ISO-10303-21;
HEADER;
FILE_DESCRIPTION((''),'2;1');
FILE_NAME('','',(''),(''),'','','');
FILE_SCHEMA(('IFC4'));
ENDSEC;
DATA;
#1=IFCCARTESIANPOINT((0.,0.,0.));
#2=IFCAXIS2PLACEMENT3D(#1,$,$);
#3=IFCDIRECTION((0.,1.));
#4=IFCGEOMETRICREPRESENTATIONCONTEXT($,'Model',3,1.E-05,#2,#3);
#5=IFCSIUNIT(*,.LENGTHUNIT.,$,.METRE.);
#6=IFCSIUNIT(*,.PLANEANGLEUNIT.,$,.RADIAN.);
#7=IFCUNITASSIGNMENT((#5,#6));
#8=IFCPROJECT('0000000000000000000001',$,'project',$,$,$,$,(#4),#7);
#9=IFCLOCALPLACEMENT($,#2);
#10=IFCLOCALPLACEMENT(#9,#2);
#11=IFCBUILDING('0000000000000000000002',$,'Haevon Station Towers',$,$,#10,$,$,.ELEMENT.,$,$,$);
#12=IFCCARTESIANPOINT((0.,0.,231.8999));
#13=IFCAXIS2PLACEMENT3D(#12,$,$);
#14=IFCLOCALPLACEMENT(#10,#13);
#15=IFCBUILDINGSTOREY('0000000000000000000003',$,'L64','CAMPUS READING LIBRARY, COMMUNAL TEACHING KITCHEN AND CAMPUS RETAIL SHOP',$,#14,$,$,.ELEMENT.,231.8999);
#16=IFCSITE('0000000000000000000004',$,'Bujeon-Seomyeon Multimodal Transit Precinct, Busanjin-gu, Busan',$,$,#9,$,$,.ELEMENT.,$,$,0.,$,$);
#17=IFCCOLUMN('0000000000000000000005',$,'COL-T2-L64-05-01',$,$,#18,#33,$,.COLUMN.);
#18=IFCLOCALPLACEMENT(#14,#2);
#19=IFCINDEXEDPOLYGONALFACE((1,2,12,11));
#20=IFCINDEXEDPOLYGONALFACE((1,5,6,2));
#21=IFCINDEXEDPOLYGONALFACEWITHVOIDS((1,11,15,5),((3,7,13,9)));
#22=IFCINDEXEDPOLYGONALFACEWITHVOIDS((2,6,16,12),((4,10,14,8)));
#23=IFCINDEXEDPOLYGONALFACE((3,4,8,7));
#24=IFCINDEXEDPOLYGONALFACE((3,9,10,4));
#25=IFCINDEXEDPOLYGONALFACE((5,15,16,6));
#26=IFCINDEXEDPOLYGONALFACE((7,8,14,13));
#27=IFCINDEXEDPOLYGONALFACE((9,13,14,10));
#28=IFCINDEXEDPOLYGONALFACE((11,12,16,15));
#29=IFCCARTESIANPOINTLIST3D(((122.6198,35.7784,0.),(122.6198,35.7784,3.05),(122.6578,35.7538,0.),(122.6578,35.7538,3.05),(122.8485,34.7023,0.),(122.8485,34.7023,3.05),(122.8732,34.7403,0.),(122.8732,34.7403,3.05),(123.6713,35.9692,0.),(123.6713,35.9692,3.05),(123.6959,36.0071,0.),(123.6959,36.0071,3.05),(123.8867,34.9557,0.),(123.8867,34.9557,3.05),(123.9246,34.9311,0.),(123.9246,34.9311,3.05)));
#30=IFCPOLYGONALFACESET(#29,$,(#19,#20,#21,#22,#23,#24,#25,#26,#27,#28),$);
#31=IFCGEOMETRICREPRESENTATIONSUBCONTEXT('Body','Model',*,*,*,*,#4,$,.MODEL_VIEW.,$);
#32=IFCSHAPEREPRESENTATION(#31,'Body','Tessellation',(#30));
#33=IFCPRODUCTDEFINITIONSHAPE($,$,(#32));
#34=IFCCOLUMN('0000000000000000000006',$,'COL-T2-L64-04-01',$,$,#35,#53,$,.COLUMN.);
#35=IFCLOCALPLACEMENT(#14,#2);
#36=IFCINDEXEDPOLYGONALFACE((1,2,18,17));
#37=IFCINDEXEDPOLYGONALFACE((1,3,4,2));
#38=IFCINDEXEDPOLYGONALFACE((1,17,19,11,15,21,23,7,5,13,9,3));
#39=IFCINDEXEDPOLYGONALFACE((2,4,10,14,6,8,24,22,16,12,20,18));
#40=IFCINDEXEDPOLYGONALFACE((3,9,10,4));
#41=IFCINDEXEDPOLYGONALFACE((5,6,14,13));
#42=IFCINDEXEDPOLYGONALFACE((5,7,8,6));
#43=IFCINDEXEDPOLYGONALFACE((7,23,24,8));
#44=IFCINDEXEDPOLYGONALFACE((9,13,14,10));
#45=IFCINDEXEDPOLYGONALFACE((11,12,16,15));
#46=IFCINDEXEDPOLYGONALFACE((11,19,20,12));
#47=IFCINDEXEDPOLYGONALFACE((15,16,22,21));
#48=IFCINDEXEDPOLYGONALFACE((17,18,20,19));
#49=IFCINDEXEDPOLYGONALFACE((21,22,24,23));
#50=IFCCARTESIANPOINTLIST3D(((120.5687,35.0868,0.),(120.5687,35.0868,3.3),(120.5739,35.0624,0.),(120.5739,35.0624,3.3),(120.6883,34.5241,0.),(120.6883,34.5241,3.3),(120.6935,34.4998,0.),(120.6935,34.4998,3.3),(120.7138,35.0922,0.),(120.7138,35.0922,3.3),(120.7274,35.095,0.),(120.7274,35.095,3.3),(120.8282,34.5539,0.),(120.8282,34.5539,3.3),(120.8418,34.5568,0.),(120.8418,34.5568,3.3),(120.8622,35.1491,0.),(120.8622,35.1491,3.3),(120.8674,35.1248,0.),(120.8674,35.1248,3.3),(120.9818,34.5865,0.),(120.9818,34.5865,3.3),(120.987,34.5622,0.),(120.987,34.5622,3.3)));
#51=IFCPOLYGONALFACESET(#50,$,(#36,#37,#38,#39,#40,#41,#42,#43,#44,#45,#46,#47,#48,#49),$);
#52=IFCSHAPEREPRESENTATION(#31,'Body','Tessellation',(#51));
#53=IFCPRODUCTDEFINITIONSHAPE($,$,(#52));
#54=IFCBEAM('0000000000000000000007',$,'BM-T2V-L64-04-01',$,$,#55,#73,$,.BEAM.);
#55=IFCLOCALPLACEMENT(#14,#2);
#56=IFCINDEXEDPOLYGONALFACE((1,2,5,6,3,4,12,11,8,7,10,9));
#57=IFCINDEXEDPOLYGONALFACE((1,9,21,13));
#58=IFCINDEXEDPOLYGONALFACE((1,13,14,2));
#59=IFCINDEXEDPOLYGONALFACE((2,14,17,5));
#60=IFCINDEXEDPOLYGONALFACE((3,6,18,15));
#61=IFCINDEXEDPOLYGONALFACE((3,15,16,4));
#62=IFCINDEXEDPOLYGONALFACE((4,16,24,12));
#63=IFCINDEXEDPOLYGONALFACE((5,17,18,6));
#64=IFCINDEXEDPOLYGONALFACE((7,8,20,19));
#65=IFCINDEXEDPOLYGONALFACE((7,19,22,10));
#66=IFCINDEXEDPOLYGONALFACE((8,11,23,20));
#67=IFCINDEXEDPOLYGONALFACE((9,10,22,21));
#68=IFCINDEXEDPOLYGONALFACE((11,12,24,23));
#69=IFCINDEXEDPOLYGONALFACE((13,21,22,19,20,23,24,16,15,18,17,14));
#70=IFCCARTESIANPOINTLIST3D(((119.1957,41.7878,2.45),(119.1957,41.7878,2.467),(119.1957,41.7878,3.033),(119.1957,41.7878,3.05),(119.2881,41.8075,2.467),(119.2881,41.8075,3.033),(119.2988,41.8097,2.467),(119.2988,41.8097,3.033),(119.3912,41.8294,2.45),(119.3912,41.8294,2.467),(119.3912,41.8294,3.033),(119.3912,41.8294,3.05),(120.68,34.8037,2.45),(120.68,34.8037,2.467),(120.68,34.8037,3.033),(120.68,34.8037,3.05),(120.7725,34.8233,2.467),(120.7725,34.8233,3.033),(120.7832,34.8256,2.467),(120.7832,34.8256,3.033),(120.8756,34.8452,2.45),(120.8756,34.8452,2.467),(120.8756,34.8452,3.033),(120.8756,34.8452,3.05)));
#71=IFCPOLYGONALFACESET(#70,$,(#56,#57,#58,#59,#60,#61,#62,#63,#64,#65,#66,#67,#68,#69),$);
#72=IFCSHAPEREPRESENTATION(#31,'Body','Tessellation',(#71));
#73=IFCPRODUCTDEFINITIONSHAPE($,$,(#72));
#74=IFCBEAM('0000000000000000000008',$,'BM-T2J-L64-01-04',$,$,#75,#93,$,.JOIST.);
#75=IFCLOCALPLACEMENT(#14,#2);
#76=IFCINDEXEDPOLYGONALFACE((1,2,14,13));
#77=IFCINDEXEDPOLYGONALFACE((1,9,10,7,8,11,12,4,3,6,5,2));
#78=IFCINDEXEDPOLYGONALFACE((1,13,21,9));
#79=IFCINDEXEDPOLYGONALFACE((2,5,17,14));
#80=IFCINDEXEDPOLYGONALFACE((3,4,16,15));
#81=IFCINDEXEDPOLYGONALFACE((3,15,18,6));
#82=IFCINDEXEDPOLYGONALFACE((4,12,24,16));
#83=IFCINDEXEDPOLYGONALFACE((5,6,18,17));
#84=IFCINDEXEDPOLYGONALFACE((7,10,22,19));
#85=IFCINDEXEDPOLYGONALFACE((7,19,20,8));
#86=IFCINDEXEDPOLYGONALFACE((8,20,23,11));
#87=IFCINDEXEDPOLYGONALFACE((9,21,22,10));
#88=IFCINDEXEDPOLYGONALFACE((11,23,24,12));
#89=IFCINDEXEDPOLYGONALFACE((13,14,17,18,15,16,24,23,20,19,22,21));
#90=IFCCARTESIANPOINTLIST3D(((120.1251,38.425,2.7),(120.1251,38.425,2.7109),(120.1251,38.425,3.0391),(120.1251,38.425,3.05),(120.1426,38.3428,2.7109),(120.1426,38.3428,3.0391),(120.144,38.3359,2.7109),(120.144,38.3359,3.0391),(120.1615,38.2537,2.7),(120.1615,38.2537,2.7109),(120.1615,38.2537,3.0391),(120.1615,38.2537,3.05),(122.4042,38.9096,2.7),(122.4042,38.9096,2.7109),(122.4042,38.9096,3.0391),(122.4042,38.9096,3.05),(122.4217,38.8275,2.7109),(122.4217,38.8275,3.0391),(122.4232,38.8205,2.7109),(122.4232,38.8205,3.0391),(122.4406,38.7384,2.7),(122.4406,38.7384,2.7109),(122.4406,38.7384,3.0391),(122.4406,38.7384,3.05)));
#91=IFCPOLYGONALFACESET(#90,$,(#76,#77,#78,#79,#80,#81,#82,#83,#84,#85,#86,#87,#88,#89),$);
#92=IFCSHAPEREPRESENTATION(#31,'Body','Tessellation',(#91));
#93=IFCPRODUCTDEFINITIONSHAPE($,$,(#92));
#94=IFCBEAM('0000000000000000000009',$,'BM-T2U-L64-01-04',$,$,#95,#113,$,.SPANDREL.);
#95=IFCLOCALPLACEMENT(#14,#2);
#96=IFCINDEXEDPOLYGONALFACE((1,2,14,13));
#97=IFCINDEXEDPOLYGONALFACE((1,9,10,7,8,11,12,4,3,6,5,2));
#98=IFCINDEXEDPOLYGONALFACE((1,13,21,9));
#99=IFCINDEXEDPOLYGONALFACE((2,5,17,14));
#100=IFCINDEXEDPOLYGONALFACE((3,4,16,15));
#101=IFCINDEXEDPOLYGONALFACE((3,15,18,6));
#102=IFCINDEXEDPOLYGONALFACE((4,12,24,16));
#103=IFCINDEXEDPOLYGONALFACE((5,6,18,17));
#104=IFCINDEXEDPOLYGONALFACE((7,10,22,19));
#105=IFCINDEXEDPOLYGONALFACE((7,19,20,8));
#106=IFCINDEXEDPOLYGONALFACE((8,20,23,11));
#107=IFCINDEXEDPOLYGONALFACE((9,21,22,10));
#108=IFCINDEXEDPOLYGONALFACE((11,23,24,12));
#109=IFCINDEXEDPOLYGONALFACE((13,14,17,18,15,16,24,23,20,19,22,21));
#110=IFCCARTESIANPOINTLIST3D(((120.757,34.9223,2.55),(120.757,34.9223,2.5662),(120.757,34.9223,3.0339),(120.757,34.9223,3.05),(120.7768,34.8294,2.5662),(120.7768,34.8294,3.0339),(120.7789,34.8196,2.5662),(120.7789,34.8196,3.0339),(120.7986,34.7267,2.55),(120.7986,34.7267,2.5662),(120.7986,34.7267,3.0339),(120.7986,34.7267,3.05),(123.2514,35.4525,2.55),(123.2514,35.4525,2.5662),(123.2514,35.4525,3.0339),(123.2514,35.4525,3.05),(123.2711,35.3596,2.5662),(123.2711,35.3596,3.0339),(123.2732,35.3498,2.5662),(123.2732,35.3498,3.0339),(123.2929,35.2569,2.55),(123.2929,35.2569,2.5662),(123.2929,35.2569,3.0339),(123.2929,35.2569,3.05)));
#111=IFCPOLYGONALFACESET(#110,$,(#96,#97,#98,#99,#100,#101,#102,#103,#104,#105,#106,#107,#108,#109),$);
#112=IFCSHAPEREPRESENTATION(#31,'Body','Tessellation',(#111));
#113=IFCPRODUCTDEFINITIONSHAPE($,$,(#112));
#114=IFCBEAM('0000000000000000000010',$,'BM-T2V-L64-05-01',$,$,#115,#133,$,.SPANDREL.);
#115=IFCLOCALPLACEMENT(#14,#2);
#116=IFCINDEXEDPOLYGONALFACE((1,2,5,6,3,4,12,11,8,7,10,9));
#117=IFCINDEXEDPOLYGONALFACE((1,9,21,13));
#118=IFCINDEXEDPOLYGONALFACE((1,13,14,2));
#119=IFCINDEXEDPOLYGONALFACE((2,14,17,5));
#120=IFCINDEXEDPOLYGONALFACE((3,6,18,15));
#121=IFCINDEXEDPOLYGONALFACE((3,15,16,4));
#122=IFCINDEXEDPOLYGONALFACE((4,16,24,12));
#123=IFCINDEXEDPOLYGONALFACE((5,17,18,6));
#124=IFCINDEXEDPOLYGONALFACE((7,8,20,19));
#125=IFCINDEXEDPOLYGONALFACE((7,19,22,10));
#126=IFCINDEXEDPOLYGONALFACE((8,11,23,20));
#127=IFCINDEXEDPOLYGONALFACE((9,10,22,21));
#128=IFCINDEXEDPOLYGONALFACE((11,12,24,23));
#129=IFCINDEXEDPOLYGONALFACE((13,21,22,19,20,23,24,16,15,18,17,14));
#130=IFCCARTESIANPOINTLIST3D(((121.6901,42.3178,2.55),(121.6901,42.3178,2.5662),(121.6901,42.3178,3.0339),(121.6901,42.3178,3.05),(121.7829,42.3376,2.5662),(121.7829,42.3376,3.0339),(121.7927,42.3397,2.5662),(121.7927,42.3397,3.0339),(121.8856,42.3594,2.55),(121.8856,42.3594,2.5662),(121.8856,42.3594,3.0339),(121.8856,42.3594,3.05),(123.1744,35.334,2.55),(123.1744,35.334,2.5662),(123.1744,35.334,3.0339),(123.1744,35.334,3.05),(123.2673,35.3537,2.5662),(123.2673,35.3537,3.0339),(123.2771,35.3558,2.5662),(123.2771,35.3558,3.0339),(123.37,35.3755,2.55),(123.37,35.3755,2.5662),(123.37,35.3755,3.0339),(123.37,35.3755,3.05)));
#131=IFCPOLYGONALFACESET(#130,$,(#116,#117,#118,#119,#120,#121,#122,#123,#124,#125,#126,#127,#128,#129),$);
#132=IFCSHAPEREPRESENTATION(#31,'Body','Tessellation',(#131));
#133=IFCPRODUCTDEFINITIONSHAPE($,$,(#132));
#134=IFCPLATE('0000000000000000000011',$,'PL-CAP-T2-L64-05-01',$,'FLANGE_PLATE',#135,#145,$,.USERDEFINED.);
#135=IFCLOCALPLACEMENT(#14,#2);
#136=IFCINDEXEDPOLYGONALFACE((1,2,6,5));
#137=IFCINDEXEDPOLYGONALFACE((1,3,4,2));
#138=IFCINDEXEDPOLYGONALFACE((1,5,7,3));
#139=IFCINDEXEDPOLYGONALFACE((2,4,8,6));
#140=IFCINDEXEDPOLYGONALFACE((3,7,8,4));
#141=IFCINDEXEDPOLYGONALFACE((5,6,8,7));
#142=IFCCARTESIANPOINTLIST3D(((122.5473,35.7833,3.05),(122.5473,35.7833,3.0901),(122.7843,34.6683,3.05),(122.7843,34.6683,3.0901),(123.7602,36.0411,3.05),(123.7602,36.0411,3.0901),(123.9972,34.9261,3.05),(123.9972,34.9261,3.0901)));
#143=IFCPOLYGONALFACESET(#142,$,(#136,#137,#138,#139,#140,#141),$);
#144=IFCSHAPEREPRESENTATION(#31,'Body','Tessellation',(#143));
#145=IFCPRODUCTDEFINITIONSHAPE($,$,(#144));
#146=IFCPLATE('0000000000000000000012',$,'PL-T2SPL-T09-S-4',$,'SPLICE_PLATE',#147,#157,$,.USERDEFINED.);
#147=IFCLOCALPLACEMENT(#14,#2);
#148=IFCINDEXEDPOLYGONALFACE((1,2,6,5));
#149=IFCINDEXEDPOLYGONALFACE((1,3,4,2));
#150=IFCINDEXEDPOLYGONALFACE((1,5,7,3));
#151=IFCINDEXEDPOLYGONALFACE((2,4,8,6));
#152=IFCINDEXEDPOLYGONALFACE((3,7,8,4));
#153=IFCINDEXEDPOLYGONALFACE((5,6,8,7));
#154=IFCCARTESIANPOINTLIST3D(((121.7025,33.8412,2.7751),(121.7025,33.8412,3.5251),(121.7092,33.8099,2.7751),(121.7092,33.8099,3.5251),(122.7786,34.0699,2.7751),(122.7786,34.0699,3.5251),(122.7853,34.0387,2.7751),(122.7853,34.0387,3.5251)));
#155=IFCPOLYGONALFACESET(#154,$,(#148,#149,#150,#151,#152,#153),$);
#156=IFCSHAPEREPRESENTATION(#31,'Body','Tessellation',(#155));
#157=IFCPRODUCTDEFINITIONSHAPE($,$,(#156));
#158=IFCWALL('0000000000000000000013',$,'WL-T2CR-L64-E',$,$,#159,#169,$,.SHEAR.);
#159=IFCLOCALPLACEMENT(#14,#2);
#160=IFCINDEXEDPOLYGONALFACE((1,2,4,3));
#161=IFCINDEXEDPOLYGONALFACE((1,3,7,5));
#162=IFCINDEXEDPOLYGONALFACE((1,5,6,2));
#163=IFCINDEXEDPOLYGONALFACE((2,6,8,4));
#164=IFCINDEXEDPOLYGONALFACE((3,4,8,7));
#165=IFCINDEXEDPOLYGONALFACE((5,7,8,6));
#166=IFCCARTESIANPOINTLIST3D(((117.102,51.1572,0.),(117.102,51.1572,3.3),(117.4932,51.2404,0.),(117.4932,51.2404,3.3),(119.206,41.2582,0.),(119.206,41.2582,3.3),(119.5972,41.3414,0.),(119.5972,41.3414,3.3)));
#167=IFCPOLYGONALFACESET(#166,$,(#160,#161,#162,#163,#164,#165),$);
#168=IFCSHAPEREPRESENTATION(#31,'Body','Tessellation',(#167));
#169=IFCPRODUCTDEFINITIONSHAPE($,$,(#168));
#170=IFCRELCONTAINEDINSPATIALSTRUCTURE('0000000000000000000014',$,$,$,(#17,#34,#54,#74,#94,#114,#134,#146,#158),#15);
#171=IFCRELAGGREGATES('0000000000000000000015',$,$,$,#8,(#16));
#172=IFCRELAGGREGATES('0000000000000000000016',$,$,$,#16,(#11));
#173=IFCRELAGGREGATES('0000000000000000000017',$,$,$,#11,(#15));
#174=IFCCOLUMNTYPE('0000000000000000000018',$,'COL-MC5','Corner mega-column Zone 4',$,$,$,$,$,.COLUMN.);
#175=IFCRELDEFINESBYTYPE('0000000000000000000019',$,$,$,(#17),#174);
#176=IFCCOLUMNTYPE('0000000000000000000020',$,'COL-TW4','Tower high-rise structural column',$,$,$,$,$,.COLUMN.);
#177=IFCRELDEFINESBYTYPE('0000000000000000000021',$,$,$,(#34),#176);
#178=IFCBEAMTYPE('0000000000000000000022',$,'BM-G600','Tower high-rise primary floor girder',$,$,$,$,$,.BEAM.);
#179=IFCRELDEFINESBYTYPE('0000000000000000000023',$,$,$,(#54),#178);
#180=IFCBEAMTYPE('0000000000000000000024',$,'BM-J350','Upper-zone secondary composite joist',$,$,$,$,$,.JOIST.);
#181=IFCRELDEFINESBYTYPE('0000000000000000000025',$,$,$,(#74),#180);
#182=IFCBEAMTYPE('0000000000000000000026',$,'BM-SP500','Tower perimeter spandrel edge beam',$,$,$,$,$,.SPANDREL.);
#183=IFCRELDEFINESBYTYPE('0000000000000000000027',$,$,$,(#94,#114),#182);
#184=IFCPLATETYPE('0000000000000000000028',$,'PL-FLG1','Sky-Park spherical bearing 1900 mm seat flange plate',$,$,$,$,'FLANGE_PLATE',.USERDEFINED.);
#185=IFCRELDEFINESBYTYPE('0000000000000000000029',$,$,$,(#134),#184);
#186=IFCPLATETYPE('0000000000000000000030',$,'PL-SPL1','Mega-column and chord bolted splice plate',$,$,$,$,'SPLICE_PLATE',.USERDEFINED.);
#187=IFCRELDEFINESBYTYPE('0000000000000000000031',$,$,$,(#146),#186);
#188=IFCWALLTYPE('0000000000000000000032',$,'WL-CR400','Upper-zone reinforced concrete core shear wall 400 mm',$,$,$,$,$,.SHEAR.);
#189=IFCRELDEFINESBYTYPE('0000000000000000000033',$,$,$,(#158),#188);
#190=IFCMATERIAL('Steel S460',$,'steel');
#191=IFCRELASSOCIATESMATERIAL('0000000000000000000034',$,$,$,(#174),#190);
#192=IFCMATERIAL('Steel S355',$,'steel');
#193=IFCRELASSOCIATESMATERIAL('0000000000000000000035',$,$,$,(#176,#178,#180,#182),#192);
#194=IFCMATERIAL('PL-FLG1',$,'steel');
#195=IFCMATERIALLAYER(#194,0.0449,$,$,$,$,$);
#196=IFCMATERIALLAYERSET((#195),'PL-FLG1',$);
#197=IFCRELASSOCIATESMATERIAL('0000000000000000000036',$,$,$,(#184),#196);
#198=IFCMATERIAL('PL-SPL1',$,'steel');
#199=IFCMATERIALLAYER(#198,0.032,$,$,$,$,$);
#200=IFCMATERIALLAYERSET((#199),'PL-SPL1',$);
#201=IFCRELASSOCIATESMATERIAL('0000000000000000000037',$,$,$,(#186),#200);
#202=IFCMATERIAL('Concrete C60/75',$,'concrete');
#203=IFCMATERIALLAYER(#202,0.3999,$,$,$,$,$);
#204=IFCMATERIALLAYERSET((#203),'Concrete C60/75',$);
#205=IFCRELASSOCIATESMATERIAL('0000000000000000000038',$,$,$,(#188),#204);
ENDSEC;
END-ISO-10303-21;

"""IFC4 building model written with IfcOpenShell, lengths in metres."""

from ifc_helpers import new_model, si_unit, direction, frame, frame_2d, origin, origin_2d, place, context, subcontext, project, spatial, rectangle, hollow_rectangle, i_section, extrude, material, layer, layer_set, material_profile, profile_set, type_object, element, save


model = new_model("IFC4")

# Units and contexts
model_context = context("Model", 3, precision=1e-05, world=origin(), true_north=direction((0.0, 1.0)))
body_context = subcontext(model_context, "Body", "Model", "MODEL_VIEW")
ifc_project = project(units=[si_unit("LENGTHUNIT", "METRE"), si_unit("PLANEANGLEUNIT", "RADIAN")], contexts=[model_context])

# Site, building, storey
site_placement = place(None, origin())
site = spatial("IfcSite", under=ifc_project, at=site_placement, Name="Bujeon-Seomyeon Multimodal Transit Precinct, Busanjin-gu, Busan", CompositionType="ELEMENT", RefElevation=0.0)
building_placement = place(site_placement, origin())
building = spatial("IfcBuilding", under=site, at=building_placement, Name="Haevon Station Towers", CompositionType="ELEMENT")
storey_placement = place(building_placement, frame((0.0, 0.0, 231.8999)))
storey = spatial("IfcBuildingStorey", under=building, at=storey_placement, Name="L64", Description="CAMPUS READING LIBRARY, COMMUNAL TEACHING KITCHEN AND CAMPUS RETAIL SHOP", CompositionType="ELEMENT", Elevation=231.8999)

# Columns
ifc_material_1 = material(Name="Steel S460", Category="steel")
ifc_material_profile_1 = material_profile(ifc_material_1, hollow_rectangle(XDim=1.1001, YDim=1.1001, WallThickness=0.032, at=origin_2d()), Name="BOX-1100x1100x32")
ifc_profile_set_1 = profile_set([ifc_material_profile_1], Name="Steel S460")
column_type_1 = type_object("IfcColumnType", Name="COL-MC5", Description="Corner mega-column Zone 4", PredefinedType="COLUMN", material=ifc_profile_set_1)
column_1_placement = place(storey_placement, frame((123.2722, 35.3547, 0.0), z_axis=(0.0, 0.0, 1.0), x_axis=(0.978148, 0.207912, 0.0)))
element("IfcColumn", 1, at=column_1_placement, inside=storey, type_object=column_type_1, Name="COL-T2-L64-05-01", PredefinedType="COLUMN", context=body_context, shape_type="SweptSolid", body=[
    extrude(hollow_rectangle(XDim=1.1001, YDim=1.1001, WallThickness=0.032, at=origin_2d()), origin(), (0.0, 0.0, 1.0), 3.05),
])
ifc_material_2 = material(Name="Steel S355", Category="steel")
ifc_material_profile_2 = material_profile(ifc_material_2, i_section(OverallWidth=0.3, OverallDepth=0.6001, WebThickness=0.0139, FlangeThickness=0.0249, at=origin_2d()), Name="H-600x300x14x25")
ifc_profile_set_2 = profile_set([ifc_material_profile_2], Name="Steel S355")
column_type_2 = type_object("IfcColumnType", Name="COL-TW4", Description="Tower high-rise structural column", PredefinedType="COLUMN", material=ifc_profile_set_2)
column_2_placement = place(storey_placement, frame((120.7778, 34.8245, 0.0), z_axis=(0.0, 0.0, 1.0), x_axis=(0.978148, 0.207912, 0.0)))
element("IfcColumn", 2, at=column_2_placement, inside=storey, type_object=column_type_2, Name="COL-T2-L64-04-01", PredefinedType="COLUMN", context=body_context, shape_type="SweptSolid", body=[
    extrude(i_section(OverallWidth=0.3, OverallDepth=0.6001, WebThickness=0.0139, FlangeThickness=0.0249, at=origin_2d()), origin(), (0.0, 0.0, 1.0), 3.3),
])

# Beams
ifc_material_profile_3 = material_profile(ifc_material_2, i_section(OverallWidth=0.2, OverallDepth=0.6001, WebThickness=0.011, FlangeThickness=0.0171, at=origin_2d()), Name="H-600x200x11x17")
ifc_profile_set_3 = profile_set([ifc_material_profile_3], Name="Steel S355")
beam_type_1 = type_object("IfcBeamType", Name="BM-G600", Description="Tower high-rise primary floor girder", PredefinedType="BEAM", material=ifc_profile_set_3)
beam_1_placement = place(storey_placement, frame((120.7778, 34.8245, 2.75), z_axis=(-0.207892, 0.978152, 0.0), x_axis=(-0.978152, -0.207892, 0.0)))
element("IfcBeam", 3, at=beam_1_placement, inside=storey, type_object=beam_type_1, Name="BM-T2V-L64-04-01", PredefinedType="BEAM", context=body_context, shape_type="SweptSolid", body=[
    extrude(i_section(OverallWidth=0.2, OverallDepth=0.6001, WebThickness=0.011, FlangeThickness=0.0171, at=origin_2d()), origin(), (0.0, 0.0, 1.0), 7.1401),
])
ifc_material_profile_4 = material_profile(ifc_material_2, i_section(OverallWidth=0.175, OverallDepth=0.3501, WebThickness=0.0071, FlangeThickness=0.011, at=origin_2d()), Name="H-350x175x7x11")
ifc_profile_set_4 = profile_set([ifc_material_profile_4], Name="Steel S355")
beam_type_2 = type_object("IfcBeamType", Name="BM-J350", Description="Upper-zone secondary composite joist", PredefinedType="JOIST", material=ifc_profile_set_4)
beam_2_placement = place(storey_placement, frame((120.1433, 38.3394, 2.875), z_axis=(0.978131, 0.20799, 0.0), x_axis=(-0.20799, 0.978131, 0.0)))
element("IfcBeam", 4, at=beam_2_placement, inside=storey, type_object=beam_type_2, Name="BM-T2J-L64-01-04", PredefinedType="JOIST", context=body_context, shape_type="SweptSolid", body=[
    extrude(i_section(OverallWidth=0.175, OverallDepth=0.3501, WebThickness=0.0071, FlangeThickness=0.011, at=origin_2d()), origin(), (0.0, 0.0, 1.0), 2.3301),
])
ifc_material_profile_5 = material_profile(ifc_material_2, i_section(OverallWidth=0.2, OverallDepth=0.5, WebThickness=0.01, FlangeThickness=0.0161, at=origin_2d()), Name="H-500x200x10x16")
ifc_profile_set_5 = profile_set([ifc_material_profile_5], Name="Steel S355")
beam_type_3 = type_object("IfcBeamType", Name="BM-SP500", Description="Tower perimeter spandrel edge beam", PredefinedType="SPANDREL", material=ifc_profile_set_5)
beam_3_placement = place(storey_placement, frame((120.7778, 34.8245, 2.8), z_axis=(0.978142, 0.20794, 0.0), x_axis=(-0.20794, 0.978142, 0.0)))
element("IfcBeam", 5, at=beam_3_placement, inside=storey, type_object=beam_type_3, Name="BM-T2U-L64-01-04", PredefinedType="SPANDREL", context=body_context, shape_type="SweptSolid", body=[
    extrude(i_section(OverallWidth=0.2, OverallDepth=0.5, WebThickness=0.01, FlangeThickness=0.0161, at=origin_2d()), origin(), (0.0, 0.0, 1.0), 2.55),
])
beam_4_placement = place(storey_placement, frame((123.2722, 35.3547, 2.8), z_axis=(-0.207899, 0.97815, 0.0), x_axis=(-0.97815, -0.207899, 0.0)))
element("IfcBeam", 6, at=beam_4_placement, inside=storey, type_object=beam_type_3, Name="BM-T2V-L64-05-01", PredefinedType="SPANDREL", context=body_context, shape_type="SweptSolid", body=[
    extrude(i_section(OverallWidth=0.2, OverallDepth=0.5, WebThickness=0.01, FlangeThickness=0.0161, at=origin_2d()), origin(), (0.0, 0.0, 1.0), 7.1399),
])

# Plates
ifc_material_3 = material(Name="PL-FLG1", Category="steel")
ifc_layer_1 = layer(ifc_material_3, 0.0449)
ifc_layer_set_1 = layer_set([ifc_layer_1], Name="PL-FLG1")
plate_type_1 = type_object("IfcPlateType", Name="PL-FLG1", Description="Sky-Park spherical bearing 1900 mm seat flange plate", ElementType="FLANGE_PLATE", PredefinedType="USERDEFINED", material=ifc_layer_set_1)
plate_1_placement = place(storey_placement, frame((123.2722, 35.3547, 3.05), z_axis=(0.0, 0.0, 1.0), x_axis=(0.978148, 0.207912, 0.0)))
element("IfcPlate", 7, at=plate_1_placement, inside=storey, type_object=plate_type_1, Name="PL-CAP-T2-L64-05-01", ObjectType="FLANGE_PLATE", PredefinedType="USERDEFINED", context=body_context, shape_type="SweptSolid", body=[
    extrude(rectangle(XDim=1.24, YDim=1.1399, at=origin_2d()), origin(), (0.0, 0.0, 1.0), 0.04),
])
ifc_material_4 = material(Name="PL-SPL1", Category="steel")
ifc_layer_2 = layer(ifc_material_4, 0.032)
ifc_layer_set_2 = layer_set([ifc_layer_2], Name="PL-SPL1")
plate_type_2 = type_object("IfcPlateType", Name="PL-SPL1", Description="Mega-column and chord bolted splice plate", ElementType="SPLICE_PLATE", PredefinedType="USERDEFINED", material=ifc_layer_set_2)
plate_2_placement = place(storey_placement, frame((122.2439, 33.9399, 2.7751), z_axis=(0.0, 0.0, 1.0), x_axis=(0.978148, 0.207912, 0.0)))
element("IfcPlate", 8, at=plate_2_placement, inside=storey, type_object=plate_type_2, Name="PL-T2SPL-T09-S-4", ObjectType="SPLICE_PLATE", PredefinedType="USERDEFINED", context=body_context, shape_type="SweptSolid", body=[
    extrude(rectangle(XDim=1.1001, YDim=0.032, at=origin_2d()), origin(), (0.0, 0.0, 1.0), 0.75),
])

# Wall
ifc_material_5 = material(Name="Concrete C60/75", Category="concrete")
ifc_layer_3 = layer(ifc_material_5, 0.3999)
ifc_layer_set_3 = layer_set([ifc_layer_3], Name="Concrete C60/75")
wall_type_1 = type_object("IfcWallType", Name="WL-CR400", Description="Upper-zone reinforced concrete core shear wall 400 mm", PredefinedType="SHEAR", material=ifc_layer_set_3)
wall_1_placement = place(storey_placement, frame((119.4016, 41.2998, 0.0), z_axis=(0.0, 0.0, 1.0), x_axis=(-0.207904, 0.978149, 0.0)))
element("IfcWall", 9, at=wall_1_placement, inside=storey, type_object=wall_type_1, Name="WL-T2CR-L64-E", PredefinedType="SHEAR", context=body_context, shape_type="SweptSolid", body=[
    extrude(rectangle(XDim=10.1201, YDim=0.3999, at=frame_2d((5.0601, 0.0))), origin(), (0.0, 0.0, 1.0), 3.3),
])

save(model, "model.ifc")
